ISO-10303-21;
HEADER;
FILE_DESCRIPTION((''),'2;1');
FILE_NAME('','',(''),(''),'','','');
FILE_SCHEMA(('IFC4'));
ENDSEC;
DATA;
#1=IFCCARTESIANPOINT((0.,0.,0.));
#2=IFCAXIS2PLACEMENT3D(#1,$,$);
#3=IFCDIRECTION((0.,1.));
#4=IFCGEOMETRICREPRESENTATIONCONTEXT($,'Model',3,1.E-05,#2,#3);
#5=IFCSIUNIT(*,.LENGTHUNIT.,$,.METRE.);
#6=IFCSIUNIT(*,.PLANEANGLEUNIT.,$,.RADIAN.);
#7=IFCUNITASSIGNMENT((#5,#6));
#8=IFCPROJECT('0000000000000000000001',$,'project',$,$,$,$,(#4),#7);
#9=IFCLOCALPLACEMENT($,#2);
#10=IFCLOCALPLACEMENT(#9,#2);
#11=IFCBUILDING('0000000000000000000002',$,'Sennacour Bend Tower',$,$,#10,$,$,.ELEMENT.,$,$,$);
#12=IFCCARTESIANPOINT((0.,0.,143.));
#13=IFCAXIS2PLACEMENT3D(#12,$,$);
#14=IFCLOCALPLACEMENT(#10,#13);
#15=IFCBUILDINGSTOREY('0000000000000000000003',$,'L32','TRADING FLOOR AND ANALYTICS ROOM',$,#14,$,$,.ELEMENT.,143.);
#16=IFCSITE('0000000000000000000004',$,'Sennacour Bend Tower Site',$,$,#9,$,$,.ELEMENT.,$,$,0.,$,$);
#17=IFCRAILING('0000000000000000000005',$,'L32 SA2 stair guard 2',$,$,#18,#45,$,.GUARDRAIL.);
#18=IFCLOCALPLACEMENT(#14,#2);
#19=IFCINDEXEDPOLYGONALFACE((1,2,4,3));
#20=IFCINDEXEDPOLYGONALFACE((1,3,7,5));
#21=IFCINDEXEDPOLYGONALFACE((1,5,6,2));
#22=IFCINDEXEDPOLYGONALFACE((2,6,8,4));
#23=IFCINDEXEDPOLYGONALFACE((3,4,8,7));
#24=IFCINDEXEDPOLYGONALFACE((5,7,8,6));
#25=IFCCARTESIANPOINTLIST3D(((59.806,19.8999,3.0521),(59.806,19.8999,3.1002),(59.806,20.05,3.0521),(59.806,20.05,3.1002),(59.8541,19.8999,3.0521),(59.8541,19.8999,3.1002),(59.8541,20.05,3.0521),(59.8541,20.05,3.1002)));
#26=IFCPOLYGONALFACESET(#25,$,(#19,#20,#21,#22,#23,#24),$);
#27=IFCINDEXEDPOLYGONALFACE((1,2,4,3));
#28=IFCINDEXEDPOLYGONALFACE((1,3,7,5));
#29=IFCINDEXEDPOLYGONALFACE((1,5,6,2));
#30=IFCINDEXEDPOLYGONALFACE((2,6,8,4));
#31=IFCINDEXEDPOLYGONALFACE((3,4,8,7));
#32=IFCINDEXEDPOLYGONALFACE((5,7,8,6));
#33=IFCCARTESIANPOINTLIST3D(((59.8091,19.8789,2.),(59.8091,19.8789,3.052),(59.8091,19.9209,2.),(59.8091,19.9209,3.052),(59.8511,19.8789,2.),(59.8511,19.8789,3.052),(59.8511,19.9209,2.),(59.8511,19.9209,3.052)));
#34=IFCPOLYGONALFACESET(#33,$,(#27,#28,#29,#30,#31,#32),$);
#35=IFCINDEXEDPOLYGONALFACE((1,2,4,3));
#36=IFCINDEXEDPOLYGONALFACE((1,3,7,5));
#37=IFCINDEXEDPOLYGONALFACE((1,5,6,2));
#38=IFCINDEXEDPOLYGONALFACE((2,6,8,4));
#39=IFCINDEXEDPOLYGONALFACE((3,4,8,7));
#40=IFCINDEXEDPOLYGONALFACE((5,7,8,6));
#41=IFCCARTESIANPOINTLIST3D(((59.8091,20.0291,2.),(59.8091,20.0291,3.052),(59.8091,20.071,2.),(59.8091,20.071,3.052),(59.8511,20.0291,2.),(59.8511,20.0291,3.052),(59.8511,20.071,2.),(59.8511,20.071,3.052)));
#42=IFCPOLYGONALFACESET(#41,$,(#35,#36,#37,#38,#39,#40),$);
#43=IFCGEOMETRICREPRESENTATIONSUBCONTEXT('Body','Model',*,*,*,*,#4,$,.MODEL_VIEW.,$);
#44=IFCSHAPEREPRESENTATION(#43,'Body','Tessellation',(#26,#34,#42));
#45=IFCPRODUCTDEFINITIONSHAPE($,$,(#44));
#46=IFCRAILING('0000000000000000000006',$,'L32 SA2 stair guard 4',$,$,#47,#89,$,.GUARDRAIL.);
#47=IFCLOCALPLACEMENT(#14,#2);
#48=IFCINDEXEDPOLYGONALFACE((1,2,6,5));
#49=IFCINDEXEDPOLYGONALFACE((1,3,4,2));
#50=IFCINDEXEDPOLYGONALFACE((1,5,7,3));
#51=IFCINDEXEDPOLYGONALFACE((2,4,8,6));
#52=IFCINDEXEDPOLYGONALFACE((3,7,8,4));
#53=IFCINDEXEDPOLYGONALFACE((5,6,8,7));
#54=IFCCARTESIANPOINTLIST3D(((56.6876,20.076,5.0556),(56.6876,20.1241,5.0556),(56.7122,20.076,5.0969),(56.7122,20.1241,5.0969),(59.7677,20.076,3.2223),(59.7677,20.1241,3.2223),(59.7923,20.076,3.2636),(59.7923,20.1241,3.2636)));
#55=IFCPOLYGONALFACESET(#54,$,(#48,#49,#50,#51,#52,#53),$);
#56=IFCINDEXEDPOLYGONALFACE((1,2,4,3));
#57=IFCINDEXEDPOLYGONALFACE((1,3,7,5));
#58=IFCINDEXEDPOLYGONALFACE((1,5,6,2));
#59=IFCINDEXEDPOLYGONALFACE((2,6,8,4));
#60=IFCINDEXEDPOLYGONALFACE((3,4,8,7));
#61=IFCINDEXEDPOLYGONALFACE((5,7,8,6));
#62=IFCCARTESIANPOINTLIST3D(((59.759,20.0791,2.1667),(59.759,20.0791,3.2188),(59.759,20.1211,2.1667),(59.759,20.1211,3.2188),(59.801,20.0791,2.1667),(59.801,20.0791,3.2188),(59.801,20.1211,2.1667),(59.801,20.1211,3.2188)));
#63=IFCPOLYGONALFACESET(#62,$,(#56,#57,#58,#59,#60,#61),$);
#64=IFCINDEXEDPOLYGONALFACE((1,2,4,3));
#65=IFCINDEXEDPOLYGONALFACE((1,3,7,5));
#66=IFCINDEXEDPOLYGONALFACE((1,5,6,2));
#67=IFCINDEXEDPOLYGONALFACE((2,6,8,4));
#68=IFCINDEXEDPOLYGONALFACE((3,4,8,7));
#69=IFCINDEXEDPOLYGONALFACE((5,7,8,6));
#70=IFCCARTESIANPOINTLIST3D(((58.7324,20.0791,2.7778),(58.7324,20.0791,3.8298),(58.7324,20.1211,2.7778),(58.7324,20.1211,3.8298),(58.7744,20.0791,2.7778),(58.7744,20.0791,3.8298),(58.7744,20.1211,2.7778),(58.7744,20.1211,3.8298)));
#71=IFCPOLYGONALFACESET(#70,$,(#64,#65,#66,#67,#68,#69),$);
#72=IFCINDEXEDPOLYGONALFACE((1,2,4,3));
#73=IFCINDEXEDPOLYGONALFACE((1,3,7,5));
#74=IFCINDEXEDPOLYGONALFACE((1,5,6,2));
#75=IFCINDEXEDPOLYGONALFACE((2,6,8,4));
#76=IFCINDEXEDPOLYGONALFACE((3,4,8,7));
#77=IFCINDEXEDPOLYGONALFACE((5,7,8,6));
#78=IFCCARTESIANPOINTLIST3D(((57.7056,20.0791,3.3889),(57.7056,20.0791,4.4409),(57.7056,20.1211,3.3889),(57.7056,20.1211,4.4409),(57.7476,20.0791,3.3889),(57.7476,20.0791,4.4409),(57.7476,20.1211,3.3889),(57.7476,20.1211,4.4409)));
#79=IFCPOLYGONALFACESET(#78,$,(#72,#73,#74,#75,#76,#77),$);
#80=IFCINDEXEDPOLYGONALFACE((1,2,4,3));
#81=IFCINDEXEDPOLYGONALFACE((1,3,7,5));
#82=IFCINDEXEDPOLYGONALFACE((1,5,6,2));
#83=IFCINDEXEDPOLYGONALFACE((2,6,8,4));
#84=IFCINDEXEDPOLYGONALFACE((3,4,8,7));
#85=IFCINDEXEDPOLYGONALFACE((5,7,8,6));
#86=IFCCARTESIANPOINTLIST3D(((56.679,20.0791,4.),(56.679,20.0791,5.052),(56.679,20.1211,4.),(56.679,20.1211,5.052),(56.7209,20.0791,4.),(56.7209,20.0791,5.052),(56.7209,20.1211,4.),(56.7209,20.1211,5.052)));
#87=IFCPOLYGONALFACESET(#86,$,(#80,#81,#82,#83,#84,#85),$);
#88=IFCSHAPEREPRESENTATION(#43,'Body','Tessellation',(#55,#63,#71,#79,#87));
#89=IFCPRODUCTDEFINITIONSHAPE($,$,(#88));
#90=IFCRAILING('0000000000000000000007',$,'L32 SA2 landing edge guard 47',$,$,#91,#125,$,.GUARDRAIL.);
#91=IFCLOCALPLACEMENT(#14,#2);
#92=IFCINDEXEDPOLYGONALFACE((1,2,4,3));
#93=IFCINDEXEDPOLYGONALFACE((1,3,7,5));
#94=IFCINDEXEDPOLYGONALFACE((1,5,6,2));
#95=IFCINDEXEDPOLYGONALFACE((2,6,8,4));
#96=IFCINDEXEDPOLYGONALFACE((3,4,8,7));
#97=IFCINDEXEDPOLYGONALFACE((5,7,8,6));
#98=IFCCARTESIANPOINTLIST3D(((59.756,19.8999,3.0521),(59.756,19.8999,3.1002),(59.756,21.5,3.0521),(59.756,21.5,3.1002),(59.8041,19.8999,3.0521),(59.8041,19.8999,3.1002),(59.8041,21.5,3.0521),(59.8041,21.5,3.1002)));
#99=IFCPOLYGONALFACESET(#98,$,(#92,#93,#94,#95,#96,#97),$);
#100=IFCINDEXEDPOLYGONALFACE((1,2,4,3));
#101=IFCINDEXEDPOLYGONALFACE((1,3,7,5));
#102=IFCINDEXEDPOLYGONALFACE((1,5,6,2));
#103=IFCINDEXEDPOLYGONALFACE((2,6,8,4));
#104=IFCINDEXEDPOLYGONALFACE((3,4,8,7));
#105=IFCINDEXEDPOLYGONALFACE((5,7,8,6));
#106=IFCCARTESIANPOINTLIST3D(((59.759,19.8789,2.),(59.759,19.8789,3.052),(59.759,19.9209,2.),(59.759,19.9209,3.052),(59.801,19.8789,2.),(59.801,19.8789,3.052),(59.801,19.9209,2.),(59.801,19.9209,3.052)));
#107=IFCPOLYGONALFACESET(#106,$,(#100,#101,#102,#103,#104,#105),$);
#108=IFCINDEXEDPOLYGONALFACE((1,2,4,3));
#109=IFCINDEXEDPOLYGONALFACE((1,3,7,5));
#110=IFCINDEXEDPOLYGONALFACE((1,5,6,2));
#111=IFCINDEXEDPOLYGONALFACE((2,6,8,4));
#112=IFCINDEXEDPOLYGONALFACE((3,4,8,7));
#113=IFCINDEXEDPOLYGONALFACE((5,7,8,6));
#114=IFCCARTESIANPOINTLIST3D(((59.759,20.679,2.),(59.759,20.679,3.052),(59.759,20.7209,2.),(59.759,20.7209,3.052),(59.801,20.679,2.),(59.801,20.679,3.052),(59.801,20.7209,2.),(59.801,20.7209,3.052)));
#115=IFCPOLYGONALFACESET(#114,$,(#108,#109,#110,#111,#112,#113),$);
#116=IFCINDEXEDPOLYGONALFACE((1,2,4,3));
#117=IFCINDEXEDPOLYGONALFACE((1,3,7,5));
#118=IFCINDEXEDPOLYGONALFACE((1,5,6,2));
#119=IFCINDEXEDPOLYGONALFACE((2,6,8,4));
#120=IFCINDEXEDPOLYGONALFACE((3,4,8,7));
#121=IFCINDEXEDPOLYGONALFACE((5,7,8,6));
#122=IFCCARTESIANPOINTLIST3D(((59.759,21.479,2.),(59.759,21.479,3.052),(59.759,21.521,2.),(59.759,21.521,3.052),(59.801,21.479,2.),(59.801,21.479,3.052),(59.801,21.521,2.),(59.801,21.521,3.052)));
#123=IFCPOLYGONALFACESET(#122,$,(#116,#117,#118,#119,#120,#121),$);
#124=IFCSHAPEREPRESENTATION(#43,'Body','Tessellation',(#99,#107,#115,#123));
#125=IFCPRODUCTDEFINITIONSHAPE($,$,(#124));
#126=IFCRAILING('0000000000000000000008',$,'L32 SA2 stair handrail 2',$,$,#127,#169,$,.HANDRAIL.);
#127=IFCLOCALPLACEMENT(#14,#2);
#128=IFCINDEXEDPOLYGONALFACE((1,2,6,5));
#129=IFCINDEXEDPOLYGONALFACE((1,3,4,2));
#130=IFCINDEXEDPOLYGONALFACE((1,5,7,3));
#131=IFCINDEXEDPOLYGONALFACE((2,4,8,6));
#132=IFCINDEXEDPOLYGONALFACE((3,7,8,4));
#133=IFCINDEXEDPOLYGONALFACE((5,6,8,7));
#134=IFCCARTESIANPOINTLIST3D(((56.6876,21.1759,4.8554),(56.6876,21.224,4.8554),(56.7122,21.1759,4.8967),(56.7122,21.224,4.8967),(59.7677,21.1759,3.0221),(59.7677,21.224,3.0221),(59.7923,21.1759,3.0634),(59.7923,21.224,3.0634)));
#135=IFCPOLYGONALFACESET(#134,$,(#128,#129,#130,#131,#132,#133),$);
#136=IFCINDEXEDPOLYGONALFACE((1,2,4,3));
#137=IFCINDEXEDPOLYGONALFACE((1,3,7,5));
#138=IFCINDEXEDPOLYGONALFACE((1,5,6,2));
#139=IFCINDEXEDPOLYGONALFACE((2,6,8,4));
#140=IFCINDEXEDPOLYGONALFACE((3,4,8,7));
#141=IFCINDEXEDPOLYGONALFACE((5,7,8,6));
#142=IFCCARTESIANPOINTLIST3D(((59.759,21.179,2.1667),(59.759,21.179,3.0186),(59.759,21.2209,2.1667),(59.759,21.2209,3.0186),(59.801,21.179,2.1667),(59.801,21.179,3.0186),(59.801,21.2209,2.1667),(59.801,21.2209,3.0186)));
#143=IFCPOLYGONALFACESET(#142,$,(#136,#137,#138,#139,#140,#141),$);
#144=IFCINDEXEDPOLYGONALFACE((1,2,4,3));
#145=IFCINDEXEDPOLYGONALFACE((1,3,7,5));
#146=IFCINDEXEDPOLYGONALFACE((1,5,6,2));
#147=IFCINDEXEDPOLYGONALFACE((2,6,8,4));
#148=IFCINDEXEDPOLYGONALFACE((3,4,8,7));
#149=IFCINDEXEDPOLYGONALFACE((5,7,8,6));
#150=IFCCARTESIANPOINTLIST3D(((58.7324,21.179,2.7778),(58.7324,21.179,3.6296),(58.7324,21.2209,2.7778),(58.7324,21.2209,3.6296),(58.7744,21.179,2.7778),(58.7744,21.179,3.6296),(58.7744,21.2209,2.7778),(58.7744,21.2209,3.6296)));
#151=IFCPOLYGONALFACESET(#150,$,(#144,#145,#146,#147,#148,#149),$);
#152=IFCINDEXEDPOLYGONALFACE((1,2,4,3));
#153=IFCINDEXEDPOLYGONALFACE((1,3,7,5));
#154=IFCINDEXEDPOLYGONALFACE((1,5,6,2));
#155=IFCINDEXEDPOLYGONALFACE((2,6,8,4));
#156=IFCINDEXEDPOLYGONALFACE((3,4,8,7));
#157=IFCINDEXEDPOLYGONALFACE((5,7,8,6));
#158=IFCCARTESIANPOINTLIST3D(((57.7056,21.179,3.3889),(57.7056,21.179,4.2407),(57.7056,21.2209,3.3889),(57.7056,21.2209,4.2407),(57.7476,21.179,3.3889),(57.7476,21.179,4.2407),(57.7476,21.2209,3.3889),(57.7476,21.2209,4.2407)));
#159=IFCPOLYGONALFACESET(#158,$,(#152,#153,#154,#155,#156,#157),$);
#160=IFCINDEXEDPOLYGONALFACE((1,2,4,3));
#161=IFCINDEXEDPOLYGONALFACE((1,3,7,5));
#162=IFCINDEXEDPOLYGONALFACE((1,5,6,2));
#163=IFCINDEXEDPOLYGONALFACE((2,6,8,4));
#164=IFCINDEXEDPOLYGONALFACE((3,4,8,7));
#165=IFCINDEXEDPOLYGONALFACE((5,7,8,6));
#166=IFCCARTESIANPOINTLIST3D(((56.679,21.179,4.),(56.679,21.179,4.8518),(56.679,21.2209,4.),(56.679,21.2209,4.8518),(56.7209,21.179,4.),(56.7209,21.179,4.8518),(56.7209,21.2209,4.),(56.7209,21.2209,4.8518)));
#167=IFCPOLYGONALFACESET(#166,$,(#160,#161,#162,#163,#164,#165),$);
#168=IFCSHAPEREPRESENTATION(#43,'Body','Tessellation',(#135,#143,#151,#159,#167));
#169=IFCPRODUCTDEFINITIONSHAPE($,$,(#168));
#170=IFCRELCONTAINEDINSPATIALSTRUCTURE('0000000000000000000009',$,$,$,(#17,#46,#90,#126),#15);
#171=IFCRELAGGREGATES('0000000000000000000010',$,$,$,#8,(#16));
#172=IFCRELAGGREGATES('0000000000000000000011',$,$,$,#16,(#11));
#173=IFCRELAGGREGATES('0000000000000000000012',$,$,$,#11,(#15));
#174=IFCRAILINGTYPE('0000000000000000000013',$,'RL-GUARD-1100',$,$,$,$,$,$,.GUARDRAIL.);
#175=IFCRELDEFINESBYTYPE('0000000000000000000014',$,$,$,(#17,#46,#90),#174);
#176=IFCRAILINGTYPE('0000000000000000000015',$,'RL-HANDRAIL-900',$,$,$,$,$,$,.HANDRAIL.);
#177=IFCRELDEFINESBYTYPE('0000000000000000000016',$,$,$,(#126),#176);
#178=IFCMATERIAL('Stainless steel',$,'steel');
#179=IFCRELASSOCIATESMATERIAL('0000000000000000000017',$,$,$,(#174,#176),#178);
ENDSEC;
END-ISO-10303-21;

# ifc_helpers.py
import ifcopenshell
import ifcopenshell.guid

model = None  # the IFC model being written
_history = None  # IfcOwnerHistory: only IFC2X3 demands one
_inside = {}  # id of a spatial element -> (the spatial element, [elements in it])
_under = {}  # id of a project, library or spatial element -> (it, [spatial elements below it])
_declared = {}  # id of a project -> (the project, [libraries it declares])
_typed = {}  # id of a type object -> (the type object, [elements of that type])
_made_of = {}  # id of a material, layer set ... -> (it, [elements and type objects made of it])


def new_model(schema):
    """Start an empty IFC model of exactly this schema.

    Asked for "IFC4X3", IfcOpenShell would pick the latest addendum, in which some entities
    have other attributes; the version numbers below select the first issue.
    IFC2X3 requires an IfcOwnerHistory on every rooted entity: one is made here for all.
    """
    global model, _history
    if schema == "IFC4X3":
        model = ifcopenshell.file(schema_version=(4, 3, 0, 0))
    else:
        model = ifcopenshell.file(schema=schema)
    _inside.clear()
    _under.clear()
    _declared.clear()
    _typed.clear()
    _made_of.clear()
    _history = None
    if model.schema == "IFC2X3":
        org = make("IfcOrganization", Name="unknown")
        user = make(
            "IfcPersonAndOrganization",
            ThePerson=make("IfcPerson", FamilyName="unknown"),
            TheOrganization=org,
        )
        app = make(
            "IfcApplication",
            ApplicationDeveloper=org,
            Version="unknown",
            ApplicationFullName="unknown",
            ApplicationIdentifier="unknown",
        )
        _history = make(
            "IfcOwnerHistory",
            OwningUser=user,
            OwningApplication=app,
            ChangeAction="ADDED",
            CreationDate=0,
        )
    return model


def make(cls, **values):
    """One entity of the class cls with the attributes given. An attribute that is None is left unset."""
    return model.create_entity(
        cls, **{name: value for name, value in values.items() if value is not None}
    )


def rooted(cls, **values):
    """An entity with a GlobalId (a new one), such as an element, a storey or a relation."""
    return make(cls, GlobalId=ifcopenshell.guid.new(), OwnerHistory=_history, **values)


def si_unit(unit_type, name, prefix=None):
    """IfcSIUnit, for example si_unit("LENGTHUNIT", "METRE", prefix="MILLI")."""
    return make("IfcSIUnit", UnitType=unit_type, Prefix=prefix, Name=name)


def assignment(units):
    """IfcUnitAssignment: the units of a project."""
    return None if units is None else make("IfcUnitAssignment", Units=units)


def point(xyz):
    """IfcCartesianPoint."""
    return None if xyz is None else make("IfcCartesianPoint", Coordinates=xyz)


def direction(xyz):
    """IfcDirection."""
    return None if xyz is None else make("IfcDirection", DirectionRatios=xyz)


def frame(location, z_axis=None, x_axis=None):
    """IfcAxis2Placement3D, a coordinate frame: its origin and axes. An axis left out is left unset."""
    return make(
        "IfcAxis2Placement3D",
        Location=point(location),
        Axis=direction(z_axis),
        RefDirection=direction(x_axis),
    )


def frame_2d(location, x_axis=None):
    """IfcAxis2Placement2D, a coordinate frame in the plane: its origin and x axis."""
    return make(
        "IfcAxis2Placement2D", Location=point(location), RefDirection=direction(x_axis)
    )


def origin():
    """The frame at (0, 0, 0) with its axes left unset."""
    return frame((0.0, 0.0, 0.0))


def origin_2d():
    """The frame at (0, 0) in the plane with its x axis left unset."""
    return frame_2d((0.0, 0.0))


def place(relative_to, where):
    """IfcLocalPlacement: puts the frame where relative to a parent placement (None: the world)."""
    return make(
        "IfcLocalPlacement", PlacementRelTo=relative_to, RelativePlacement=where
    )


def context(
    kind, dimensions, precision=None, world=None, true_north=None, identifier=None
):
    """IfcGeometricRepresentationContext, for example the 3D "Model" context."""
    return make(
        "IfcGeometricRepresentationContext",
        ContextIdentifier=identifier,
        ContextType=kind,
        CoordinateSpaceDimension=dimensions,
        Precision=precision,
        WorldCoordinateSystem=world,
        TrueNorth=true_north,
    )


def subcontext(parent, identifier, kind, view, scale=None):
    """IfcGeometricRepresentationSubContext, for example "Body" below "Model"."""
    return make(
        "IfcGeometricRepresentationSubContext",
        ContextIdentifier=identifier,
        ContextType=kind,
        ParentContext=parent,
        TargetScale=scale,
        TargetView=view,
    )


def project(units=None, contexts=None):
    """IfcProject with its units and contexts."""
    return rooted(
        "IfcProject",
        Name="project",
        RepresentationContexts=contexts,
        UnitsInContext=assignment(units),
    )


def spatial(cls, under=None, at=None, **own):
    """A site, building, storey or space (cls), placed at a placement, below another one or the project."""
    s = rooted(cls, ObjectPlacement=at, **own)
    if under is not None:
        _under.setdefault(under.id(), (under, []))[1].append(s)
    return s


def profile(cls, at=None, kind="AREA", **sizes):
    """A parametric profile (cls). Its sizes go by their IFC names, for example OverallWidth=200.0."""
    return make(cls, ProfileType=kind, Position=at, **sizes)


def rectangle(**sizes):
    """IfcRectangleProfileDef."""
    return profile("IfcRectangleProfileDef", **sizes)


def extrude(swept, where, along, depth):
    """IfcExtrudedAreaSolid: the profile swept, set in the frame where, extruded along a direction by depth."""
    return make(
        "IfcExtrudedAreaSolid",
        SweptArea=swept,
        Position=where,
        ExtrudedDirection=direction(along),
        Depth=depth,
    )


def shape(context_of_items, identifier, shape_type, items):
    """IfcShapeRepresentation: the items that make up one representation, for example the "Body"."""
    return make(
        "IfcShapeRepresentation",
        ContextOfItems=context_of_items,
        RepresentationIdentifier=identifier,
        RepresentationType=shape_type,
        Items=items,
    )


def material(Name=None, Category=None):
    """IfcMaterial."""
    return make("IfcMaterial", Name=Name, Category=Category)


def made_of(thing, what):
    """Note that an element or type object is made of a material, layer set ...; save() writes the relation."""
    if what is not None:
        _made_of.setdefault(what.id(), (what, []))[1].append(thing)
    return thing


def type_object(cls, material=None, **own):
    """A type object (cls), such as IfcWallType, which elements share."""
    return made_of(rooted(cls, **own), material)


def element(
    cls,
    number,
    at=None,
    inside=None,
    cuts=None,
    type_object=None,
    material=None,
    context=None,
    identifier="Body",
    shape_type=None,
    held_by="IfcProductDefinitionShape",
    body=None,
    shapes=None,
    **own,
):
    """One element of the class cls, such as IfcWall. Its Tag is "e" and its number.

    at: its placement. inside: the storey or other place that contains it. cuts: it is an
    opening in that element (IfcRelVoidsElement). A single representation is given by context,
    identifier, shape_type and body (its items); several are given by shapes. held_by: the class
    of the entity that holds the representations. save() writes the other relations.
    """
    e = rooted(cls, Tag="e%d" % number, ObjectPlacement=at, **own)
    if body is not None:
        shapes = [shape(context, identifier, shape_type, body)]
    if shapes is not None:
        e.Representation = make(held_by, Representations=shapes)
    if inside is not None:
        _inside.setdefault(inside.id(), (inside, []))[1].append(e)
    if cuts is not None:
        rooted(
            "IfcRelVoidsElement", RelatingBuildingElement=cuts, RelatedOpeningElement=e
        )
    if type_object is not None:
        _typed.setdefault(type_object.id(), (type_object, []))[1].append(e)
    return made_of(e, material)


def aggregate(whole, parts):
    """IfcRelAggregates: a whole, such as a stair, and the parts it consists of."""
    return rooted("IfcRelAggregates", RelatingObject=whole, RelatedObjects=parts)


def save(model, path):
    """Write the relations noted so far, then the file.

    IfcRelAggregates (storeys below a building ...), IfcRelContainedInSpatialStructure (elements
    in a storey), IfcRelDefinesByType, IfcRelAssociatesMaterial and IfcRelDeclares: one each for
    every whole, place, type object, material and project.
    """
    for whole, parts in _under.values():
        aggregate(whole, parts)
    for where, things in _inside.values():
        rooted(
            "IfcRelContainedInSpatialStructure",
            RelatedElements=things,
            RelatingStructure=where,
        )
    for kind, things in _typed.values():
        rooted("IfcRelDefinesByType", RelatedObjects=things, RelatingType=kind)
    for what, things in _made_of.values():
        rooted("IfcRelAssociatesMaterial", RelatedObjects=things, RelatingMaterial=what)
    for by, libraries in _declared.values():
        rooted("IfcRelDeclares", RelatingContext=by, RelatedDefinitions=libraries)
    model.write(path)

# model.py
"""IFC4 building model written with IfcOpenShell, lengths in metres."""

from ifc_helpers import new_model, si_unit, direction, frame, origin, origin_2d, place, context, subcontext, project, spatial, rectangle, extrude, material, type_object, element, save


model = new_model("IFC4")

# Units and contexts
model_context = context("Model", 3, precision=1e-05, world=origin(), true_north=direction((0.0, 1.0)))
body_context = subcontext(model_context, "Body", "Model", "MODEL_VIEW")
ifc_project = project(units=[si_unit("LENGTHUNIT", "METRE"), si_unit("PLANEANGLEUNIT", "RADIAN")], contexts=[model_context])

# Site, building, storey
site_placement = place(None, origin())
site = spatial("IfcSite", under=ifc_project, at=site_placement, Name="Sennacour Bend Tower Site", CompositionType="ELEMENT", RefElevation=0.0)
building_placement = place(site_placement, origin())
building = spatial("IfcBuilding", under=site, at=building_placement, Name="Sennacour Bend Tower", CompositionType="ELEMENT")
storey_placement = place(building_placement, frame((0.0, 0.0, 143.0)))
storey = spatial("IfcBuildingStorey", under=building, at=storey_placement, Name="L32", Description="TRADING FLOOR AND ANALYTICS ROOM", CompositionType="ELEMENT", Elevation=143.0)

# Shared definitions
ifc_material_1 = material(Name="Stainless steel", Category="steel")

# Railings
railing_type_1 = type_object("IfcRailingType", Name="RL-GUARD-1100", PredefinedType="GUARDRAIL", material=ifc_material_1)
railing_1_placement = place(storey_placement, frame((59.8301, 19.8999, 2.0)))
element("IfcRailing", 1, at=railing_1_placement, inside=storey, type_object=railing_type_1, Name="L32 SA2 stair guard 2", PredefinedType="GUARDRAIL", context=body_context, shape_type="SweptSolid", body=[
    extrude(rectangle(XDim=0.0481, YDim=0.0481, at=origin_2d()), frame((0.0, 0.0, 1.0762), z_axis=(0.0, 1.0, 0.0), x_axis=(-1.0, 0.0, 0.0)), (0.0, 0.0, 1.0), 0.1501),
    extrude(rectangle(XDim=0.042, YDim=0.042, at=origin_2d()), origin(), (0.0, 0.0, 1.0), 1.052),
    extrude(rectangle(XDim=0.042, YDim=0.042, at=origin_2d()), frame((0.0, 0.1501, 0.0)), (0.0, 0.0, 1.0), 1.052),
])
railing_2_placement = place(storey_placement, frame((59.78, 20.1001, 2.1667)))
element("IfcRailing", 2, at=railing_2_placement, inside=storey, type_object=railing_type_1, Name="L32 SA2 stair guard 4", PredefinedType="GUARDRAIL", context=body_context, shape_type="SweptSolid", body=[
    extrude(rectangle(XDim=0.0481, YDim=0.0481, at=origin_2d()), frame((0.0, 0.0, 1.0762), z_axis=(-0.859309, 0.0, 0.511458), x_axis=(0.0, -1.0, 0.0)), (0.0, 0.0, 1.0), 3.5845),
    extrude(rectangle(XDim=0.042, YDim=0.042, at=origin_2d()), origin(), (0.0, 0.0, 1.0), 1.052),
    extrude(rectangle(XDim=0.042, YDim=0.042, at=origin_2d()), frame((-1.0266, 0.0, 0.6111)), (0.0, 0.0, 1.0), 1.052),
    extrude(rectangle(XDim=0.042, YDim=0.042, at=origin_2d()), frame((-2.0535, 0.0, 1.2222)), (0.0, 0.0, 1.0), 1.052),
    extrude(rectangle(XDim=0.042, YDim=0.042, at=origin_2d()), frame((-3.0801, 0.0, 1.8333)), (0.0, 0.0, 1.0), 1.052),
])
railing_3_placement = place(storey_placement, frame((59.78, 19.8999, 2.0)))
element("IfcRailing", 3, at=railing_3_placement, inside=storey, type_object=railing_type_1, Name="L32 SA2 landing edge guard 47", PredefinedType="GUARDRAIL", context=body_context, shape_type="SweptSolid", body=[
    extrude(rectangle(XDim=0.0481, YDim=0.0481, at=origin_2d()), frame((0.0, 0.0, 1.0762), z_axis=(0.0, 1.0, 0.0), x_axis=(-1.0, 0.0, 0.0)), (0.0, 0.0, 1.0), 1.6001),
    extrude(rectangle(XDim=0.042, YDim=0.042, at=origin_2d()), origin(), (0.0, 0.0, 1.0), 1.052),
    extrude(rectangle(XDim=0.042, YDim=0.042, at=origin_2d()), frame((0.0, 0.8, 0.0)), (0.0, 0.0, 1.0), 1.052),
    extrude(rectangle(XDim=0.042, YDim=0.042, at=origin_2d()), frame((0.0, 1.6001, 0.0)), (0.0, 0.0, 1.0), 1.052),
])
railing_type_2 = type_object("IfcRailingType", Name="RL-HANDRAIL-900", PredefinedType="HANDRAIL", material=ifc_material_1)
railing_4_placement = place(storey_placement, frame((59.78, 21.2, 2.1667)))
element("IfcRailing", 4, at=railing_4_placement, inside=storey, type_object=railing_type_2, Name="L32 SA2 stair handrail 2", PredefinedType="HANDRAIL", context=body_context, shape_type="SweptSolid", body=[
    extrude(rectangle(XDim=0.0481, YDim=0.0481, at=origin_2d()), frame((0.0, 0.0, 0.876), z_axis=(-0.859309, 0.0, 0.511458), x_axis=(0.0, -1.0, 0.0)), (0.0, 0.0, 1.0), 3.5845),
    extrude(rectangle(XDim=0.042, YDim=0.042, at=origin_2d()), origin(), (0.0, 0.0, 1.0), 0.8518),
    extrude(rectangle(XDim=0.042, YDim=0.042, at=origin_2d()), frame((-1.0266, 0.0, 0.6111)), (0.0, 0.0, 1.0), 0.8518),
    extrude(rectangle(XDim=0.042, YDim=0.042, at=origin_2d()), frame((-2.0535, 0.0, 1.2222)), (0.0, 0.0, 1.0), 0.8518),
    extrude(rectangle(XDim=0.042, YDim=0.042, at=origin_2d()), frame((-3.0801, 0.0, 1.8333)), (0.0, 0.0, 1.0), 0.8518),
])

save(model, "model.ifc")
